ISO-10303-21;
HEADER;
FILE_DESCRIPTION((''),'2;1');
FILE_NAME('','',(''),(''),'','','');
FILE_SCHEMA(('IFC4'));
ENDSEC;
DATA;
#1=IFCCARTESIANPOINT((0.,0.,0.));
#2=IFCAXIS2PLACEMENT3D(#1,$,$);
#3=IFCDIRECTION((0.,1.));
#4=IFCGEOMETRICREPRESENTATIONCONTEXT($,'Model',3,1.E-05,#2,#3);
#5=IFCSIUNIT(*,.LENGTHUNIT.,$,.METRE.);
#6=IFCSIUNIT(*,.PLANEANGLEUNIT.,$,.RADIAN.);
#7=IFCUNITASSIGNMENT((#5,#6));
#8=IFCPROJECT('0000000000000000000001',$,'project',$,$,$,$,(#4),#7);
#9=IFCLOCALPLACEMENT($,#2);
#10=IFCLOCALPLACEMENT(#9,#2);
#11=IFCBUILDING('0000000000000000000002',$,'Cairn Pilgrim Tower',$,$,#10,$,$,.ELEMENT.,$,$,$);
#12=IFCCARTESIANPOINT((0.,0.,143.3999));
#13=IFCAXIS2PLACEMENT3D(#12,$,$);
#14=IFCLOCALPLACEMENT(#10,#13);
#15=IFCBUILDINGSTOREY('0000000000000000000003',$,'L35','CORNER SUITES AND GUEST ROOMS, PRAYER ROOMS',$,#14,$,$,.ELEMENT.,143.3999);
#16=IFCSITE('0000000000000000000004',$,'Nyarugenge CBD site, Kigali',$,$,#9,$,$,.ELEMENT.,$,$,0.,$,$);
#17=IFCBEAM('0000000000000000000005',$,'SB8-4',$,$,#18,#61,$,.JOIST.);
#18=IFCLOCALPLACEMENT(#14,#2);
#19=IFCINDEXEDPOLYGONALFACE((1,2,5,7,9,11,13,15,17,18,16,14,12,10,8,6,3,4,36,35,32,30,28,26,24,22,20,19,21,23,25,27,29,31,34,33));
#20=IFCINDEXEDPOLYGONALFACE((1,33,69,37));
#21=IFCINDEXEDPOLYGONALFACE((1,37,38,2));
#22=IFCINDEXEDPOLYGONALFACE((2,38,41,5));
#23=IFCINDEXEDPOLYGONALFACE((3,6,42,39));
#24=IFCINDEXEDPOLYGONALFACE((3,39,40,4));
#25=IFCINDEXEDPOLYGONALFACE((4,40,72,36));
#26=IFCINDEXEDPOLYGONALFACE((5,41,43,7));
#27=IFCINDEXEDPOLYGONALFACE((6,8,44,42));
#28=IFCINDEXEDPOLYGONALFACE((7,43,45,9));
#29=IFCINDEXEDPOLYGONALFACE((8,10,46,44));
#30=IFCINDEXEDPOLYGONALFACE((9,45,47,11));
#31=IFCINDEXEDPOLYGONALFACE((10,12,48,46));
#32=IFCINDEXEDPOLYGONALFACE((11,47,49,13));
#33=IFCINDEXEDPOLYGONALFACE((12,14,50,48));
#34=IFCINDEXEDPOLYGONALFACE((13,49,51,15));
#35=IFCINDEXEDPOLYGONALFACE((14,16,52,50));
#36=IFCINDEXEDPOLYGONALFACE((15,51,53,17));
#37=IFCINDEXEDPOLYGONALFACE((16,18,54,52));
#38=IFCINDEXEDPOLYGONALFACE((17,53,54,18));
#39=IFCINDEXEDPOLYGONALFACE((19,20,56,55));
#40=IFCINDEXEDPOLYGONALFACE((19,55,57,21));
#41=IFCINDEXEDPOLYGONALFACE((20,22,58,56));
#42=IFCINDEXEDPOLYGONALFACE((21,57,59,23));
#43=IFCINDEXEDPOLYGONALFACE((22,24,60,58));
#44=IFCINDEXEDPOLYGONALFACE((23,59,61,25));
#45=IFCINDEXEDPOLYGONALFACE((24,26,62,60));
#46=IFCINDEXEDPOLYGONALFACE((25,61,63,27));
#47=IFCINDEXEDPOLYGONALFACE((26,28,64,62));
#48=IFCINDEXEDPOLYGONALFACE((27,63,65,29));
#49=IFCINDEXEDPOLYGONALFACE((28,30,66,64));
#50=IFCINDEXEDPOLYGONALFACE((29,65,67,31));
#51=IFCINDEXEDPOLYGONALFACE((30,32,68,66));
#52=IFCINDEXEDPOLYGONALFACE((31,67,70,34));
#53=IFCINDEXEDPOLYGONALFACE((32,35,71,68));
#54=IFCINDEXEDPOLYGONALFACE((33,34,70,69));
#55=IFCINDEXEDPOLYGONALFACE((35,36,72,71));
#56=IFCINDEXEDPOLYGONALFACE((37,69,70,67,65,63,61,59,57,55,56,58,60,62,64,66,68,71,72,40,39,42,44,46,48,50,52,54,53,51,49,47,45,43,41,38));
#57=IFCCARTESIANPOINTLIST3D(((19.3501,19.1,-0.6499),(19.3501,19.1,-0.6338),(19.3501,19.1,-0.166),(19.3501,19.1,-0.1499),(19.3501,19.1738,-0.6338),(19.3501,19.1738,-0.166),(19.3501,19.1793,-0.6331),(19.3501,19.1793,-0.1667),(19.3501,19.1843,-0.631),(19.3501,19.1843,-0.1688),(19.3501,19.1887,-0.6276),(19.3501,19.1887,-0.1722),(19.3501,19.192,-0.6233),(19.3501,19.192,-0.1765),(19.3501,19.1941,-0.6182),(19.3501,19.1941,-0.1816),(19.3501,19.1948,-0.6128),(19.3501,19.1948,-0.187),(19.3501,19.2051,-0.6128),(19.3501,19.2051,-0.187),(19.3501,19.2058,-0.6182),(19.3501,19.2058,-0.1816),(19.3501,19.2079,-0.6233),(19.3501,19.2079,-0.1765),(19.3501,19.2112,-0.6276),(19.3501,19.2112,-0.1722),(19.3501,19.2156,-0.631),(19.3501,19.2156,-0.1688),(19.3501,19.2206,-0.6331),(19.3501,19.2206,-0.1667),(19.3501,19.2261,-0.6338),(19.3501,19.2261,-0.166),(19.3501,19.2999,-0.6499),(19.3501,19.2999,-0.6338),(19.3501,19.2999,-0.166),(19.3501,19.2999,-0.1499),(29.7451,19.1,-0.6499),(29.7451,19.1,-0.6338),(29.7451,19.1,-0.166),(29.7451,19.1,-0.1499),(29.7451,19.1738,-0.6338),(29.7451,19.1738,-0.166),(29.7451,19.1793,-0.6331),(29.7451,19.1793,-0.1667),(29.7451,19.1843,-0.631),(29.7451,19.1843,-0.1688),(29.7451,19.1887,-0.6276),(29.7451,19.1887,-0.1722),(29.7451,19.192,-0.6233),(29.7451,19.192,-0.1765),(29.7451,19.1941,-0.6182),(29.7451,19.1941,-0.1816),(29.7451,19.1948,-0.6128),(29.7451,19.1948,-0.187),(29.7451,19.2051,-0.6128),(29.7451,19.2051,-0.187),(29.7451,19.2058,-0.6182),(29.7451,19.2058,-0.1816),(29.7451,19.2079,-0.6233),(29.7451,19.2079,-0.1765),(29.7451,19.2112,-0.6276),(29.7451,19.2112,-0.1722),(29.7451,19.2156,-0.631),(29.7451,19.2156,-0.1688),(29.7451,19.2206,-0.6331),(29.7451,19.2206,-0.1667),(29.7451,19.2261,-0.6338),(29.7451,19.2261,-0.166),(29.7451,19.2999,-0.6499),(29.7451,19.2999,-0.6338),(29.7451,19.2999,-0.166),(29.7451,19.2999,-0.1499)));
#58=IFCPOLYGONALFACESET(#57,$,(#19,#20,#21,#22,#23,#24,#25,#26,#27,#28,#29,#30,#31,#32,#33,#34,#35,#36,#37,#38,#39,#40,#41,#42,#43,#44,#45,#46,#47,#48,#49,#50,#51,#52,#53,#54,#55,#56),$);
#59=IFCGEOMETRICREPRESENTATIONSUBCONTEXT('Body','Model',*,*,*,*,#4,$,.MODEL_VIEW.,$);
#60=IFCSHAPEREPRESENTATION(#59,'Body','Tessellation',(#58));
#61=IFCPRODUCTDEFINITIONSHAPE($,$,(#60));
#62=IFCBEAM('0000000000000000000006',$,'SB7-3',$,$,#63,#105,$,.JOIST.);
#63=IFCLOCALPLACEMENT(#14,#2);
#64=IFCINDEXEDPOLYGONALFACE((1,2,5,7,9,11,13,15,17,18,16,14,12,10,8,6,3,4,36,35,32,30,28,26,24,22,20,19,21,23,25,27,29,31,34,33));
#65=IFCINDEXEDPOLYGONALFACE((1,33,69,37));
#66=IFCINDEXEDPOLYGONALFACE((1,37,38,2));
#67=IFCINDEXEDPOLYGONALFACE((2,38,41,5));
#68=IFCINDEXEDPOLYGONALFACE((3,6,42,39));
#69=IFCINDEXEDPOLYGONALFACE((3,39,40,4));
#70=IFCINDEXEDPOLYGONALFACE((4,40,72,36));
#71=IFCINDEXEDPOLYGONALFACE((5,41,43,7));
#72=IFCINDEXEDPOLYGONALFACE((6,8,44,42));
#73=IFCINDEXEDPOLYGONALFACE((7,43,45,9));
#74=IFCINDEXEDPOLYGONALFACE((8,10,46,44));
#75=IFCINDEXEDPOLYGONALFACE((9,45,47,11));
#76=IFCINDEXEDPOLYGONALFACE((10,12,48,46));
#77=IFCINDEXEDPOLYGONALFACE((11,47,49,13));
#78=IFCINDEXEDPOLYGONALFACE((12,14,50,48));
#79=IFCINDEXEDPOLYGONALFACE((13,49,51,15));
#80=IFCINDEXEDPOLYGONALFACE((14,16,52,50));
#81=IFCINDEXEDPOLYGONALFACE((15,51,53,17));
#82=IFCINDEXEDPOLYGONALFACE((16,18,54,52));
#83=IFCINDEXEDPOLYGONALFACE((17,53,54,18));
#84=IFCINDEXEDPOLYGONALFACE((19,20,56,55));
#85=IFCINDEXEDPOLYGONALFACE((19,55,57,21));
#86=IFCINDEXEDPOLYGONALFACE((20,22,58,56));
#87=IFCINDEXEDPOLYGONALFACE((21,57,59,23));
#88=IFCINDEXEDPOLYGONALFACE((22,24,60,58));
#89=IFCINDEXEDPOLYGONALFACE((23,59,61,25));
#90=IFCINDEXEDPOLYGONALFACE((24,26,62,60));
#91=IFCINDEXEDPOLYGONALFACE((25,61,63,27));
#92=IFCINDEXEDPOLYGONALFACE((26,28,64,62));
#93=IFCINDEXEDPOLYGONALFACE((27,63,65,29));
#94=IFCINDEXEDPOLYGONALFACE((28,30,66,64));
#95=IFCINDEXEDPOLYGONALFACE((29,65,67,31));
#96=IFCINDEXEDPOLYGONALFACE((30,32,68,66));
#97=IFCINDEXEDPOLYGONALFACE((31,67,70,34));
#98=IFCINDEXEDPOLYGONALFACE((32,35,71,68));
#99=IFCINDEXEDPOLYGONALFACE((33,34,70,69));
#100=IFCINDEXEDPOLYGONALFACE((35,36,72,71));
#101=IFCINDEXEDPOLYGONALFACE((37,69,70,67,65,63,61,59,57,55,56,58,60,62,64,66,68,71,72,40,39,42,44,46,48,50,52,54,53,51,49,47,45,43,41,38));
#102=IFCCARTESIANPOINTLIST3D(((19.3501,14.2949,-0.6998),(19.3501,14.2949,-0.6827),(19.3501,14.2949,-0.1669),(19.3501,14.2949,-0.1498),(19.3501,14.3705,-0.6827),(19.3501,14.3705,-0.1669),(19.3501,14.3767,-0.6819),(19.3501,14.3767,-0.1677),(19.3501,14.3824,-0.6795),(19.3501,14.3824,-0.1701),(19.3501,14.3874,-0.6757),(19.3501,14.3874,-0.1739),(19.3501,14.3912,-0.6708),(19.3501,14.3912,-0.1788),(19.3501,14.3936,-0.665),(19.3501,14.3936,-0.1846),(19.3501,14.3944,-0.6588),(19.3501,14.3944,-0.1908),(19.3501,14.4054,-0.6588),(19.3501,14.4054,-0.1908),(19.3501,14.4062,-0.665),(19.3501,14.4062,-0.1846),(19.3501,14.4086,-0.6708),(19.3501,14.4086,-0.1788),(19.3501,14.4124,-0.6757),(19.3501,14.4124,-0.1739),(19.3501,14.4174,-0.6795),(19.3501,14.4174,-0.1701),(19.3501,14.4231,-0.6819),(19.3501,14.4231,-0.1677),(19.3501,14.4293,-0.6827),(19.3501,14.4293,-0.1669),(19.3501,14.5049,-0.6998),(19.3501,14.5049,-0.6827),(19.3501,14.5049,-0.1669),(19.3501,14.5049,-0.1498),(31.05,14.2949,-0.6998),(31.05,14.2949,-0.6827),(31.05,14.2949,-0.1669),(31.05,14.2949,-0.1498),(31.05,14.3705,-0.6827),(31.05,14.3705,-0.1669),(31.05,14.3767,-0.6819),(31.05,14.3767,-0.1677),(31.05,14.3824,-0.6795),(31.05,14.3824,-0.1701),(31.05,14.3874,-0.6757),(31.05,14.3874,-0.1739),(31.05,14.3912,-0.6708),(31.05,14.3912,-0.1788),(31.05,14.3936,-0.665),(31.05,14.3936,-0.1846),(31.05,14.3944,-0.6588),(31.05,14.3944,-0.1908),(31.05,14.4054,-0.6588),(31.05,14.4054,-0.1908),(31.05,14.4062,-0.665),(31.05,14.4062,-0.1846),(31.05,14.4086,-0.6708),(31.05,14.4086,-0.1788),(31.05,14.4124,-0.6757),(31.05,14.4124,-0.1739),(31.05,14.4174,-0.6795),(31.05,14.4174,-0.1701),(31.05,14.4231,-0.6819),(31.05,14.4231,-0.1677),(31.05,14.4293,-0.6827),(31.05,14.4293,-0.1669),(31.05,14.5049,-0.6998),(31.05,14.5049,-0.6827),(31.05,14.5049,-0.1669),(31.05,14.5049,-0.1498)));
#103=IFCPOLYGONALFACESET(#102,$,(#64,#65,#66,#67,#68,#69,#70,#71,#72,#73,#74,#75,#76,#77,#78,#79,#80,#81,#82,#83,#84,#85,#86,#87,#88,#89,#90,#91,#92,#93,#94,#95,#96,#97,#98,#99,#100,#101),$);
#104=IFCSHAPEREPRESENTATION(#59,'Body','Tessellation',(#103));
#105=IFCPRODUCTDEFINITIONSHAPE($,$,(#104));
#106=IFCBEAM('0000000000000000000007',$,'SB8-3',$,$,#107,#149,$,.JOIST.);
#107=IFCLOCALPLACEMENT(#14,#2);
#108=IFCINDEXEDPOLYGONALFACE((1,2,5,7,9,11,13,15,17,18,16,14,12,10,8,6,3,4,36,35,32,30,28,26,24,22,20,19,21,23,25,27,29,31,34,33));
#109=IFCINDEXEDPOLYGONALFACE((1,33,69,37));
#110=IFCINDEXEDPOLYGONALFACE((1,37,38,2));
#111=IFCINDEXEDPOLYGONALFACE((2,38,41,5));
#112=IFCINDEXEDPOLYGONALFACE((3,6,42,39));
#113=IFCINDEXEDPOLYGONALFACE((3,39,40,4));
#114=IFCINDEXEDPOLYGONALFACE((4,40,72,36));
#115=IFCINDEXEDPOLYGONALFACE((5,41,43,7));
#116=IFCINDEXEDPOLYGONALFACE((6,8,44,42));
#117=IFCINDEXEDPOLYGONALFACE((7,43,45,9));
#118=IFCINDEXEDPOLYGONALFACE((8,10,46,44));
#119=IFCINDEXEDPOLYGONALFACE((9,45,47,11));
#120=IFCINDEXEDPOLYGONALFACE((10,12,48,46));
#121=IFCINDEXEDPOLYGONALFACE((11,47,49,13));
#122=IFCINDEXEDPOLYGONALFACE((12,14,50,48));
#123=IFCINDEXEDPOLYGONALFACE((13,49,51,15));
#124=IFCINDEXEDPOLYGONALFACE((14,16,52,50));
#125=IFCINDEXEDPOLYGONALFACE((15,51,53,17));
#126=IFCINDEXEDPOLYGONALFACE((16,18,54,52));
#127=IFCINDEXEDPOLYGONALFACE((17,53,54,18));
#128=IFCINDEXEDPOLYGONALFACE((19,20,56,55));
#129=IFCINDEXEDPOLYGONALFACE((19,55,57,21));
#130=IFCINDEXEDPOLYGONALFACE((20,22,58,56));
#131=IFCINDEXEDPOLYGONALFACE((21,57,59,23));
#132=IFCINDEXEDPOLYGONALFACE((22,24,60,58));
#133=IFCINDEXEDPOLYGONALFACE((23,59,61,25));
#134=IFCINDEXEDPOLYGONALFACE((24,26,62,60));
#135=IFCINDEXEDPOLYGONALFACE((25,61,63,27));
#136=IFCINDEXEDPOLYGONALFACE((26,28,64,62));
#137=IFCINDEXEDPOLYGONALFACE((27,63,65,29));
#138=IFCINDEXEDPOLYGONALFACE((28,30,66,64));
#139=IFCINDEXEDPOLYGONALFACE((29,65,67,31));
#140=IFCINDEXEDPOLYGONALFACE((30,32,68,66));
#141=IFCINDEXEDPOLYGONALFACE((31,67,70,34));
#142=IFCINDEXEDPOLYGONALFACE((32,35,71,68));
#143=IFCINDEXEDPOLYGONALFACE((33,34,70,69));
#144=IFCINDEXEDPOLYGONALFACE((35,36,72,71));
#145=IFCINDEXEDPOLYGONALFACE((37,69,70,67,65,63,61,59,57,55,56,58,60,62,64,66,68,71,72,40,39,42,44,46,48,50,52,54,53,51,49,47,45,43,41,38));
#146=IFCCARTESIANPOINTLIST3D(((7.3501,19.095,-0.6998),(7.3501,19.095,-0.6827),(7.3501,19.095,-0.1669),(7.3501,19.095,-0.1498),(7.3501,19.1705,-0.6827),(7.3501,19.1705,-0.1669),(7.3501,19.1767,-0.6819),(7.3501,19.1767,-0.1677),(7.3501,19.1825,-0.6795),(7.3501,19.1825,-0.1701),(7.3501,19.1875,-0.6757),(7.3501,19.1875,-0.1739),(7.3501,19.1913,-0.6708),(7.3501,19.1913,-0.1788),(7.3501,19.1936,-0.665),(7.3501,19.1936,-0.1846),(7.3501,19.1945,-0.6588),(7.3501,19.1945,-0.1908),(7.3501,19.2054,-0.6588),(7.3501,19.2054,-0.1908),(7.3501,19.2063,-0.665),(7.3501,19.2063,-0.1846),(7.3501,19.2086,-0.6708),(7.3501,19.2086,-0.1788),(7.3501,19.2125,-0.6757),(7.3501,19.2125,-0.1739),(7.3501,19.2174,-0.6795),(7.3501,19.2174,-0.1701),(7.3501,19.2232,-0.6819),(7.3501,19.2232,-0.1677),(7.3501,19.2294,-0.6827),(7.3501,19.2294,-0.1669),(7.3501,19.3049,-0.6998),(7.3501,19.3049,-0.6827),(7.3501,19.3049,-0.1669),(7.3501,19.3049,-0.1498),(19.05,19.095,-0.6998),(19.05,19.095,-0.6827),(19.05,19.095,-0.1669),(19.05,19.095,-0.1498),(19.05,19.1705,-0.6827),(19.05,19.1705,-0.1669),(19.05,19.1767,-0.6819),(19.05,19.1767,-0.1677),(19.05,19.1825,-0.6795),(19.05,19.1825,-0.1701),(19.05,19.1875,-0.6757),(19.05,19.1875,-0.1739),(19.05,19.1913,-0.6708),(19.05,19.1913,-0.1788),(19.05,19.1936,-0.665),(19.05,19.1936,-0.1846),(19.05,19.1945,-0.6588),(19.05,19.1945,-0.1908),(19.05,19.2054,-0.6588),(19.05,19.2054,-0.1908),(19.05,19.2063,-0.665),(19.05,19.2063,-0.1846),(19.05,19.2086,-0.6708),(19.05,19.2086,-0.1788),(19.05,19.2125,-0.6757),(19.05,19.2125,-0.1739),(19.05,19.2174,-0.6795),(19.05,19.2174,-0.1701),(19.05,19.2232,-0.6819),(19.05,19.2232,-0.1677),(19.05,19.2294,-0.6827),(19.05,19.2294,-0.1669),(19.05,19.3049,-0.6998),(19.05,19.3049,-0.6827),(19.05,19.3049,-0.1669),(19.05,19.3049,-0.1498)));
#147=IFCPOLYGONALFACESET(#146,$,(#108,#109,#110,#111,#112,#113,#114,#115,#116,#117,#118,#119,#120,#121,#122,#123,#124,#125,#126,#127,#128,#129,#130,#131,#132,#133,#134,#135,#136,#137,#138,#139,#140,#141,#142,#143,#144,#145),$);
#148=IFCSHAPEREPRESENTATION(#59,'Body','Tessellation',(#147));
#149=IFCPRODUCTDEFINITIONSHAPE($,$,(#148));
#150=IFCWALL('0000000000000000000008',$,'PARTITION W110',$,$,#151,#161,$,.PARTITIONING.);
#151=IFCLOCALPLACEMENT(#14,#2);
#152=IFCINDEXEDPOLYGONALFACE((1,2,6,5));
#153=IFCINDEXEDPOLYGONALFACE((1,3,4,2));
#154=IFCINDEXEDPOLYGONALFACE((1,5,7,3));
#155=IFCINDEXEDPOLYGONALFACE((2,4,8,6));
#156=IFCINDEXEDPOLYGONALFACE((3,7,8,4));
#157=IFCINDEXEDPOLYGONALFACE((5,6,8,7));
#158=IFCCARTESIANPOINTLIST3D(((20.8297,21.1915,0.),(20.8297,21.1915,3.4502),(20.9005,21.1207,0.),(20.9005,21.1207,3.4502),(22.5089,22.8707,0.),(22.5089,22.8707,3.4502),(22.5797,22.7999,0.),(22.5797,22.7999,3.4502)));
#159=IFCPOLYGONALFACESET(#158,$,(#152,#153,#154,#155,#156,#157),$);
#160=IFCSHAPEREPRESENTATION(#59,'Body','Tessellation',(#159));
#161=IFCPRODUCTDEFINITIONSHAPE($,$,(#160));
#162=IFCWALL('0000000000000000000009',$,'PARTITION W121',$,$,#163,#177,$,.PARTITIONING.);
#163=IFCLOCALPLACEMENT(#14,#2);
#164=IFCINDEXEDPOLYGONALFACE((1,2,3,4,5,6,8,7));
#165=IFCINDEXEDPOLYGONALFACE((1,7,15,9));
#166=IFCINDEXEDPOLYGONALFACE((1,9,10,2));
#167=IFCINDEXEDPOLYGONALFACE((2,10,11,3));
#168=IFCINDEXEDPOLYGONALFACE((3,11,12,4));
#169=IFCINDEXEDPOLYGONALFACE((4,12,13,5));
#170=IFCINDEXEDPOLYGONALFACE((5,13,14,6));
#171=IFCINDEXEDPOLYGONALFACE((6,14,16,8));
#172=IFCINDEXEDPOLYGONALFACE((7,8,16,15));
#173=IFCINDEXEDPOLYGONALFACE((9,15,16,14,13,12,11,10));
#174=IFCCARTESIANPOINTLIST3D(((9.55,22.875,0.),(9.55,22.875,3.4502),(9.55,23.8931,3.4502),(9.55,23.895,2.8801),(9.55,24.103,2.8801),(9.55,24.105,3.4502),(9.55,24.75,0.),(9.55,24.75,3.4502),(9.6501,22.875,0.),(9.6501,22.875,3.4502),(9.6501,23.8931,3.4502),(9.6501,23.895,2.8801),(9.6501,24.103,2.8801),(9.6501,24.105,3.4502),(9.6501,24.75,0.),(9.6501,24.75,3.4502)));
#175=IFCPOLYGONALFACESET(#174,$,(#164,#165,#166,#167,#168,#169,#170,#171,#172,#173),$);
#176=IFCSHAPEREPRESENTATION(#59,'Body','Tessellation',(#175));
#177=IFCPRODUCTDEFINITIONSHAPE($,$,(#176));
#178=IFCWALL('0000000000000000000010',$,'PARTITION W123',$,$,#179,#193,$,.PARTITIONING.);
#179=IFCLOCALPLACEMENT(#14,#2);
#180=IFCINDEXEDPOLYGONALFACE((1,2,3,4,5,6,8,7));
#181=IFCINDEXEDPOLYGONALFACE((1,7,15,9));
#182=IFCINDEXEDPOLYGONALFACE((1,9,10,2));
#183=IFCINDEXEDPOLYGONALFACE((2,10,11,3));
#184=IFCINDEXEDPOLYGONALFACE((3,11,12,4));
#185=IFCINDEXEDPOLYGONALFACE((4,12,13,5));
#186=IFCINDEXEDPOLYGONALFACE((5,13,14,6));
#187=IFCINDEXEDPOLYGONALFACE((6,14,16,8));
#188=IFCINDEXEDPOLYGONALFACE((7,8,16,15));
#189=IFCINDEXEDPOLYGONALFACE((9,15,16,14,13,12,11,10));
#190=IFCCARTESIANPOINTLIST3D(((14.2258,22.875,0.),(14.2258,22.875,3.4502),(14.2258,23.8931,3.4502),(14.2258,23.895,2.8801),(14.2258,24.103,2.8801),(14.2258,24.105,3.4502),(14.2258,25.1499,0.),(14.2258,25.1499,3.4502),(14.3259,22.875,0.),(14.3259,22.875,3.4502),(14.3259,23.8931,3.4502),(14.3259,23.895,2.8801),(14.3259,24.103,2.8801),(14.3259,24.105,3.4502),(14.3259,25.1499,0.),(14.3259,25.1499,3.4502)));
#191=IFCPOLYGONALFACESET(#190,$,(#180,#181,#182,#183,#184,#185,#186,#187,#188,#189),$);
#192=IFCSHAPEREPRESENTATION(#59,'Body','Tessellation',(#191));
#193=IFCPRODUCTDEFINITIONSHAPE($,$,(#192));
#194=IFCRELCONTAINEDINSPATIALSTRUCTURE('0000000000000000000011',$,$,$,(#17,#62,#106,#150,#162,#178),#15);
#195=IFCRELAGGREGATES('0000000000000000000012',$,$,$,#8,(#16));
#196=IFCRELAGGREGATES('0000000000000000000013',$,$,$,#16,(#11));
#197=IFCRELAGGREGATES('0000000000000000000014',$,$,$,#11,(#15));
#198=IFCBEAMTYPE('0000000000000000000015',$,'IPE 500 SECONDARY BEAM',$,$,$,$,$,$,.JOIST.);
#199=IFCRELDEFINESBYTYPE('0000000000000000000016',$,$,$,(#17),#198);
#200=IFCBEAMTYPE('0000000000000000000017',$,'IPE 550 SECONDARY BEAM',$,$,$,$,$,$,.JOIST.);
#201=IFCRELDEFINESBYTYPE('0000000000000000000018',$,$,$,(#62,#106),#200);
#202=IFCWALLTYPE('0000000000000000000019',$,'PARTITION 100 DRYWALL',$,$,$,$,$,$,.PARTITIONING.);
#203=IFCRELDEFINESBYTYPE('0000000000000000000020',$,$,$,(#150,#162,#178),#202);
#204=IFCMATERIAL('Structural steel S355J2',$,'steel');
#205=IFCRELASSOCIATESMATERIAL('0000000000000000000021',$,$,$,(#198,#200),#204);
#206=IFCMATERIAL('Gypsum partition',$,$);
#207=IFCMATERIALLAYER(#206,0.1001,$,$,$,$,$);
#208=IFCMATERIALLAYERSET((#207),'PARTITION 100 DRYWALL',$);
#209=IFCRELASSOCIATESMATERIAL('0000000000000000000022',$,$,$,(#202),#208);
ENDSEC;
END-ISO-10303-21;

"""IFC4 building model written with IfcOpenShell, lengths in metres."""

from ifc_helpers import new_model, si_unit, direction, frame, frame_2d, origin, origin_2d, place, context, subcontext, project, spatial, polyline, rectangle, i_section, outline, extrude, material, layer, layer_set, material_profile, profile_set, type_object, element, save


model = new_model("IFC4")

# Units and contexts
model_context = context("Model", 3, precision=1e-05, world=origin(), true_north=direction((0.0, 1.0)))
body_context = subcontext(model_context, "Body", "Model", "MODEL_VIEW")
ifc_project = project(units=[si_unit("LENGTHUNIT", "METRE"), si_unit("PLANEANGLEUNIT", "RADIAN")], contexts=[model_context])

# Site, building, storey
site_placement = place(None, origin())
site = spatial("IfcSite", under=ifc_project, at=site_placement, Name="Nyarugenge CBD site, Kigali", CompositionType="ELEMENT", RefElevation=0.0)
building_placement = place(site_placement, origin())
building = spatial("IfcBuilding", under=site, at=building_placement, Name="Cairn Pilgrim Tower", CompositionType="ELEMENT")
storey_placement = place(building_placement, frame((0.0, 0.0, 143.3999)))
storey = spatial("IfcBuildingStorey", under=building, at=storey_placement, Name="L35", Description="CORNER SUITES AND GUEST ROOMS, PRAYER ROOMS", CompositionType="ELEMENT", Elevation=143.3999)

# Beams
ifc_material_1 = material(Name="Structural steel S355J2", Category="steel")
ifc_material_profile_1 = material_profile(ifc_material_1, i_section(OverallWidth=0.2, OverallDepth=0.5, WebThickness=0.0103, FlangeThickness=0.0161, FilletRadius=0.021, at=origin_2d()), Name="IPE 500")
ifc_profile_set_1 = profile_set([ifc_material_profile_1], Name="Structural steel S355J2")
beam_type_1 = type_object("IfcBeamType", Name="IPE 500 SECONDARY BEAM", PredefinedType="JOIST", material=ifc_profile_set_1)
beam_placement = place(storey_placement, frame((19.3501, 19.2, -0.3999), z_axis=(1.0, 0.0, 0.0), x_axis=(0.0, 1.0, 0.0)))
element("IfcBeam", 1, at=beam_placement, inside=storey, type_object=beam_type_1, Name="SB8-4", PredefinedType="JOIST", context=body_context, shape_type="SweptSolid", body=[
    extrude(i_section(OverallWidth=0.2, OverallDepth=0.5, WebThickness=0.0103, FlangeThickness=0.0161, FilletRadius=0.021, at=origin_2d()), origin(), (0.0, 0.0, 1.0), 10.395),
])
ifc_material_profile_2 = material_profile(ifc_material_1, i_section(OverallWidth=0.21, OverallDepth=0.55, WebThickness=0.011, FlangeThickness=0.0171, FilletRadius=0.0239, at=origin_2d()), Name="IPE 550")
ifc_profile_set_2 = profile_set([ifc_material_profile_2], Name="Structural steel S355J2")
beam_type_2 = type_object("IfcBeamType", Name="IPE 550 SECONDARY BEAM", PredefinedType="JOIST", material=ifc_profile_set_2)
for number, where, z_axis, x_axis, name in (
    (2, (19.3501, 14.3999, -0.4248), (1.0, 0.0, 0.0), (0.0, 1.0, 0.0), "SB7-3"),
    (3, (7.3501, 19.2, -0.4248), (1.0, 0.0, 0.0), (0.0, 1.0, 0.0), "SB8-3"),
):
    element("IfcBeam", number, at=place(storey_placement, frame(where, z_axis=z_axis, x_axis=x_axis)), inside=storey, type_object=beam_type_2, Name=name, PredefinedType="JOIST", context=body_context, shape_type="SweptSolid", body=[
        extrude(i_section(OverallWidth=0.21, OverallDepth=0.55, WebThickness=0.011, FlangeThickness=0.0171, FilletRadius=0.0239, at=origin_2d()), origin(), (0.0, 0.0, 1.0), 11.7),
    ])

# Walls
ifc_material_2 = material(Name="Gypsum partition")
ifc_layer_1 = layer(ifc_material_2, 0.1001)
ifc_layer_set_1 = layer_set([ifc_layer_1], Name="PARTITION 100 DRYWALL")
wall_type_1 = type_object("IfcWallType", Name="PARTITION 100 DRYWALL", PredefinedType="PARTITIONING", material=ifc_layer_set_1)
wall_1_placement = place(storey_placement, frame((20.865, 21.156, 0.0), z_axis=(0.0, 0.0, 1.0), x_axis=(0.707107, 0.707107, 0.0)))
element("IfcWall", 4, at=wall_1_placement, inside=storey, type_object=wall_type_1, Name="PARTITION W110", PredefinedType="PARTITIONING", context=body_context, shape_type="SweptSolid", body=[
    extrude(rectangle(XDim=2.3748, YDim=0.1001, at=frame_2d((1.1875, 0.0))), origin(), (0.0, 0.0, 1.0), 3.4502),
])
wall_2_placement = place(storey_placement, frame((9.6001, 22.875, 0.0), z_axis=(0.0, 0.0, 1.0), x_axis=(0.0, 1.0, 0.0)))
element("IfcWall", 5, at=wall_2_placement, inside=storey, type_object=wall_type_1, Name="PARTITION W121", PredefinedType="PARTITIONING", context=body_context, shape_type="SweptSolid", body=[
    extrude(outline(polyline([(0.0, 0.0), (1.875, 0.0), (1.875, 3.4502), (1.23, 3.4502), (1.228, 2.8801), (1.02, 2.8801), (1.0181, 3.4502), (0.0, 3.4502), (0.0, 0.0)])), frame((0.0, 0.05, 0.0), z_axis=(0.0, -1.0, 0.0), x_axis=(1.0, 0.0, 0.0)), (0.0, 0.0, 1.0), 0.1001),
])
wall_3_placement = place(storey_placement, frame((14.2759, 22.875, 0.0), z_axis=(0.0, 0.0, 1.0), x_axis=(0.0, 1.0, 0.0)))
element("IfcWall", 6, at=wall_3_placement, inside=storey, type_object=wall_type_1, Name="PARTITION W123", PredefinedType="PARTITIONING", context=body_context, shape_type="SweptSolid", body=[
    extrude(outline(polyline([(0.0, 0.0), (2.2749, 0.0), (2.2749, 3.4502), (1.23, 3.4502), (1.228, 2.8801), (1.02, 2.8801), (1.0181, 3.4502), (0.0, 3.4502), (0.0, 0.0)])), frame((0.0, 0.05, 0.0), z_axis=(0.0, -1.0, 0.0), x_axis=(1.0, 0.0, 0.0)), (0.0, 0.0, 1.0), 0.1001),
])

save(model, "model.ifc")
